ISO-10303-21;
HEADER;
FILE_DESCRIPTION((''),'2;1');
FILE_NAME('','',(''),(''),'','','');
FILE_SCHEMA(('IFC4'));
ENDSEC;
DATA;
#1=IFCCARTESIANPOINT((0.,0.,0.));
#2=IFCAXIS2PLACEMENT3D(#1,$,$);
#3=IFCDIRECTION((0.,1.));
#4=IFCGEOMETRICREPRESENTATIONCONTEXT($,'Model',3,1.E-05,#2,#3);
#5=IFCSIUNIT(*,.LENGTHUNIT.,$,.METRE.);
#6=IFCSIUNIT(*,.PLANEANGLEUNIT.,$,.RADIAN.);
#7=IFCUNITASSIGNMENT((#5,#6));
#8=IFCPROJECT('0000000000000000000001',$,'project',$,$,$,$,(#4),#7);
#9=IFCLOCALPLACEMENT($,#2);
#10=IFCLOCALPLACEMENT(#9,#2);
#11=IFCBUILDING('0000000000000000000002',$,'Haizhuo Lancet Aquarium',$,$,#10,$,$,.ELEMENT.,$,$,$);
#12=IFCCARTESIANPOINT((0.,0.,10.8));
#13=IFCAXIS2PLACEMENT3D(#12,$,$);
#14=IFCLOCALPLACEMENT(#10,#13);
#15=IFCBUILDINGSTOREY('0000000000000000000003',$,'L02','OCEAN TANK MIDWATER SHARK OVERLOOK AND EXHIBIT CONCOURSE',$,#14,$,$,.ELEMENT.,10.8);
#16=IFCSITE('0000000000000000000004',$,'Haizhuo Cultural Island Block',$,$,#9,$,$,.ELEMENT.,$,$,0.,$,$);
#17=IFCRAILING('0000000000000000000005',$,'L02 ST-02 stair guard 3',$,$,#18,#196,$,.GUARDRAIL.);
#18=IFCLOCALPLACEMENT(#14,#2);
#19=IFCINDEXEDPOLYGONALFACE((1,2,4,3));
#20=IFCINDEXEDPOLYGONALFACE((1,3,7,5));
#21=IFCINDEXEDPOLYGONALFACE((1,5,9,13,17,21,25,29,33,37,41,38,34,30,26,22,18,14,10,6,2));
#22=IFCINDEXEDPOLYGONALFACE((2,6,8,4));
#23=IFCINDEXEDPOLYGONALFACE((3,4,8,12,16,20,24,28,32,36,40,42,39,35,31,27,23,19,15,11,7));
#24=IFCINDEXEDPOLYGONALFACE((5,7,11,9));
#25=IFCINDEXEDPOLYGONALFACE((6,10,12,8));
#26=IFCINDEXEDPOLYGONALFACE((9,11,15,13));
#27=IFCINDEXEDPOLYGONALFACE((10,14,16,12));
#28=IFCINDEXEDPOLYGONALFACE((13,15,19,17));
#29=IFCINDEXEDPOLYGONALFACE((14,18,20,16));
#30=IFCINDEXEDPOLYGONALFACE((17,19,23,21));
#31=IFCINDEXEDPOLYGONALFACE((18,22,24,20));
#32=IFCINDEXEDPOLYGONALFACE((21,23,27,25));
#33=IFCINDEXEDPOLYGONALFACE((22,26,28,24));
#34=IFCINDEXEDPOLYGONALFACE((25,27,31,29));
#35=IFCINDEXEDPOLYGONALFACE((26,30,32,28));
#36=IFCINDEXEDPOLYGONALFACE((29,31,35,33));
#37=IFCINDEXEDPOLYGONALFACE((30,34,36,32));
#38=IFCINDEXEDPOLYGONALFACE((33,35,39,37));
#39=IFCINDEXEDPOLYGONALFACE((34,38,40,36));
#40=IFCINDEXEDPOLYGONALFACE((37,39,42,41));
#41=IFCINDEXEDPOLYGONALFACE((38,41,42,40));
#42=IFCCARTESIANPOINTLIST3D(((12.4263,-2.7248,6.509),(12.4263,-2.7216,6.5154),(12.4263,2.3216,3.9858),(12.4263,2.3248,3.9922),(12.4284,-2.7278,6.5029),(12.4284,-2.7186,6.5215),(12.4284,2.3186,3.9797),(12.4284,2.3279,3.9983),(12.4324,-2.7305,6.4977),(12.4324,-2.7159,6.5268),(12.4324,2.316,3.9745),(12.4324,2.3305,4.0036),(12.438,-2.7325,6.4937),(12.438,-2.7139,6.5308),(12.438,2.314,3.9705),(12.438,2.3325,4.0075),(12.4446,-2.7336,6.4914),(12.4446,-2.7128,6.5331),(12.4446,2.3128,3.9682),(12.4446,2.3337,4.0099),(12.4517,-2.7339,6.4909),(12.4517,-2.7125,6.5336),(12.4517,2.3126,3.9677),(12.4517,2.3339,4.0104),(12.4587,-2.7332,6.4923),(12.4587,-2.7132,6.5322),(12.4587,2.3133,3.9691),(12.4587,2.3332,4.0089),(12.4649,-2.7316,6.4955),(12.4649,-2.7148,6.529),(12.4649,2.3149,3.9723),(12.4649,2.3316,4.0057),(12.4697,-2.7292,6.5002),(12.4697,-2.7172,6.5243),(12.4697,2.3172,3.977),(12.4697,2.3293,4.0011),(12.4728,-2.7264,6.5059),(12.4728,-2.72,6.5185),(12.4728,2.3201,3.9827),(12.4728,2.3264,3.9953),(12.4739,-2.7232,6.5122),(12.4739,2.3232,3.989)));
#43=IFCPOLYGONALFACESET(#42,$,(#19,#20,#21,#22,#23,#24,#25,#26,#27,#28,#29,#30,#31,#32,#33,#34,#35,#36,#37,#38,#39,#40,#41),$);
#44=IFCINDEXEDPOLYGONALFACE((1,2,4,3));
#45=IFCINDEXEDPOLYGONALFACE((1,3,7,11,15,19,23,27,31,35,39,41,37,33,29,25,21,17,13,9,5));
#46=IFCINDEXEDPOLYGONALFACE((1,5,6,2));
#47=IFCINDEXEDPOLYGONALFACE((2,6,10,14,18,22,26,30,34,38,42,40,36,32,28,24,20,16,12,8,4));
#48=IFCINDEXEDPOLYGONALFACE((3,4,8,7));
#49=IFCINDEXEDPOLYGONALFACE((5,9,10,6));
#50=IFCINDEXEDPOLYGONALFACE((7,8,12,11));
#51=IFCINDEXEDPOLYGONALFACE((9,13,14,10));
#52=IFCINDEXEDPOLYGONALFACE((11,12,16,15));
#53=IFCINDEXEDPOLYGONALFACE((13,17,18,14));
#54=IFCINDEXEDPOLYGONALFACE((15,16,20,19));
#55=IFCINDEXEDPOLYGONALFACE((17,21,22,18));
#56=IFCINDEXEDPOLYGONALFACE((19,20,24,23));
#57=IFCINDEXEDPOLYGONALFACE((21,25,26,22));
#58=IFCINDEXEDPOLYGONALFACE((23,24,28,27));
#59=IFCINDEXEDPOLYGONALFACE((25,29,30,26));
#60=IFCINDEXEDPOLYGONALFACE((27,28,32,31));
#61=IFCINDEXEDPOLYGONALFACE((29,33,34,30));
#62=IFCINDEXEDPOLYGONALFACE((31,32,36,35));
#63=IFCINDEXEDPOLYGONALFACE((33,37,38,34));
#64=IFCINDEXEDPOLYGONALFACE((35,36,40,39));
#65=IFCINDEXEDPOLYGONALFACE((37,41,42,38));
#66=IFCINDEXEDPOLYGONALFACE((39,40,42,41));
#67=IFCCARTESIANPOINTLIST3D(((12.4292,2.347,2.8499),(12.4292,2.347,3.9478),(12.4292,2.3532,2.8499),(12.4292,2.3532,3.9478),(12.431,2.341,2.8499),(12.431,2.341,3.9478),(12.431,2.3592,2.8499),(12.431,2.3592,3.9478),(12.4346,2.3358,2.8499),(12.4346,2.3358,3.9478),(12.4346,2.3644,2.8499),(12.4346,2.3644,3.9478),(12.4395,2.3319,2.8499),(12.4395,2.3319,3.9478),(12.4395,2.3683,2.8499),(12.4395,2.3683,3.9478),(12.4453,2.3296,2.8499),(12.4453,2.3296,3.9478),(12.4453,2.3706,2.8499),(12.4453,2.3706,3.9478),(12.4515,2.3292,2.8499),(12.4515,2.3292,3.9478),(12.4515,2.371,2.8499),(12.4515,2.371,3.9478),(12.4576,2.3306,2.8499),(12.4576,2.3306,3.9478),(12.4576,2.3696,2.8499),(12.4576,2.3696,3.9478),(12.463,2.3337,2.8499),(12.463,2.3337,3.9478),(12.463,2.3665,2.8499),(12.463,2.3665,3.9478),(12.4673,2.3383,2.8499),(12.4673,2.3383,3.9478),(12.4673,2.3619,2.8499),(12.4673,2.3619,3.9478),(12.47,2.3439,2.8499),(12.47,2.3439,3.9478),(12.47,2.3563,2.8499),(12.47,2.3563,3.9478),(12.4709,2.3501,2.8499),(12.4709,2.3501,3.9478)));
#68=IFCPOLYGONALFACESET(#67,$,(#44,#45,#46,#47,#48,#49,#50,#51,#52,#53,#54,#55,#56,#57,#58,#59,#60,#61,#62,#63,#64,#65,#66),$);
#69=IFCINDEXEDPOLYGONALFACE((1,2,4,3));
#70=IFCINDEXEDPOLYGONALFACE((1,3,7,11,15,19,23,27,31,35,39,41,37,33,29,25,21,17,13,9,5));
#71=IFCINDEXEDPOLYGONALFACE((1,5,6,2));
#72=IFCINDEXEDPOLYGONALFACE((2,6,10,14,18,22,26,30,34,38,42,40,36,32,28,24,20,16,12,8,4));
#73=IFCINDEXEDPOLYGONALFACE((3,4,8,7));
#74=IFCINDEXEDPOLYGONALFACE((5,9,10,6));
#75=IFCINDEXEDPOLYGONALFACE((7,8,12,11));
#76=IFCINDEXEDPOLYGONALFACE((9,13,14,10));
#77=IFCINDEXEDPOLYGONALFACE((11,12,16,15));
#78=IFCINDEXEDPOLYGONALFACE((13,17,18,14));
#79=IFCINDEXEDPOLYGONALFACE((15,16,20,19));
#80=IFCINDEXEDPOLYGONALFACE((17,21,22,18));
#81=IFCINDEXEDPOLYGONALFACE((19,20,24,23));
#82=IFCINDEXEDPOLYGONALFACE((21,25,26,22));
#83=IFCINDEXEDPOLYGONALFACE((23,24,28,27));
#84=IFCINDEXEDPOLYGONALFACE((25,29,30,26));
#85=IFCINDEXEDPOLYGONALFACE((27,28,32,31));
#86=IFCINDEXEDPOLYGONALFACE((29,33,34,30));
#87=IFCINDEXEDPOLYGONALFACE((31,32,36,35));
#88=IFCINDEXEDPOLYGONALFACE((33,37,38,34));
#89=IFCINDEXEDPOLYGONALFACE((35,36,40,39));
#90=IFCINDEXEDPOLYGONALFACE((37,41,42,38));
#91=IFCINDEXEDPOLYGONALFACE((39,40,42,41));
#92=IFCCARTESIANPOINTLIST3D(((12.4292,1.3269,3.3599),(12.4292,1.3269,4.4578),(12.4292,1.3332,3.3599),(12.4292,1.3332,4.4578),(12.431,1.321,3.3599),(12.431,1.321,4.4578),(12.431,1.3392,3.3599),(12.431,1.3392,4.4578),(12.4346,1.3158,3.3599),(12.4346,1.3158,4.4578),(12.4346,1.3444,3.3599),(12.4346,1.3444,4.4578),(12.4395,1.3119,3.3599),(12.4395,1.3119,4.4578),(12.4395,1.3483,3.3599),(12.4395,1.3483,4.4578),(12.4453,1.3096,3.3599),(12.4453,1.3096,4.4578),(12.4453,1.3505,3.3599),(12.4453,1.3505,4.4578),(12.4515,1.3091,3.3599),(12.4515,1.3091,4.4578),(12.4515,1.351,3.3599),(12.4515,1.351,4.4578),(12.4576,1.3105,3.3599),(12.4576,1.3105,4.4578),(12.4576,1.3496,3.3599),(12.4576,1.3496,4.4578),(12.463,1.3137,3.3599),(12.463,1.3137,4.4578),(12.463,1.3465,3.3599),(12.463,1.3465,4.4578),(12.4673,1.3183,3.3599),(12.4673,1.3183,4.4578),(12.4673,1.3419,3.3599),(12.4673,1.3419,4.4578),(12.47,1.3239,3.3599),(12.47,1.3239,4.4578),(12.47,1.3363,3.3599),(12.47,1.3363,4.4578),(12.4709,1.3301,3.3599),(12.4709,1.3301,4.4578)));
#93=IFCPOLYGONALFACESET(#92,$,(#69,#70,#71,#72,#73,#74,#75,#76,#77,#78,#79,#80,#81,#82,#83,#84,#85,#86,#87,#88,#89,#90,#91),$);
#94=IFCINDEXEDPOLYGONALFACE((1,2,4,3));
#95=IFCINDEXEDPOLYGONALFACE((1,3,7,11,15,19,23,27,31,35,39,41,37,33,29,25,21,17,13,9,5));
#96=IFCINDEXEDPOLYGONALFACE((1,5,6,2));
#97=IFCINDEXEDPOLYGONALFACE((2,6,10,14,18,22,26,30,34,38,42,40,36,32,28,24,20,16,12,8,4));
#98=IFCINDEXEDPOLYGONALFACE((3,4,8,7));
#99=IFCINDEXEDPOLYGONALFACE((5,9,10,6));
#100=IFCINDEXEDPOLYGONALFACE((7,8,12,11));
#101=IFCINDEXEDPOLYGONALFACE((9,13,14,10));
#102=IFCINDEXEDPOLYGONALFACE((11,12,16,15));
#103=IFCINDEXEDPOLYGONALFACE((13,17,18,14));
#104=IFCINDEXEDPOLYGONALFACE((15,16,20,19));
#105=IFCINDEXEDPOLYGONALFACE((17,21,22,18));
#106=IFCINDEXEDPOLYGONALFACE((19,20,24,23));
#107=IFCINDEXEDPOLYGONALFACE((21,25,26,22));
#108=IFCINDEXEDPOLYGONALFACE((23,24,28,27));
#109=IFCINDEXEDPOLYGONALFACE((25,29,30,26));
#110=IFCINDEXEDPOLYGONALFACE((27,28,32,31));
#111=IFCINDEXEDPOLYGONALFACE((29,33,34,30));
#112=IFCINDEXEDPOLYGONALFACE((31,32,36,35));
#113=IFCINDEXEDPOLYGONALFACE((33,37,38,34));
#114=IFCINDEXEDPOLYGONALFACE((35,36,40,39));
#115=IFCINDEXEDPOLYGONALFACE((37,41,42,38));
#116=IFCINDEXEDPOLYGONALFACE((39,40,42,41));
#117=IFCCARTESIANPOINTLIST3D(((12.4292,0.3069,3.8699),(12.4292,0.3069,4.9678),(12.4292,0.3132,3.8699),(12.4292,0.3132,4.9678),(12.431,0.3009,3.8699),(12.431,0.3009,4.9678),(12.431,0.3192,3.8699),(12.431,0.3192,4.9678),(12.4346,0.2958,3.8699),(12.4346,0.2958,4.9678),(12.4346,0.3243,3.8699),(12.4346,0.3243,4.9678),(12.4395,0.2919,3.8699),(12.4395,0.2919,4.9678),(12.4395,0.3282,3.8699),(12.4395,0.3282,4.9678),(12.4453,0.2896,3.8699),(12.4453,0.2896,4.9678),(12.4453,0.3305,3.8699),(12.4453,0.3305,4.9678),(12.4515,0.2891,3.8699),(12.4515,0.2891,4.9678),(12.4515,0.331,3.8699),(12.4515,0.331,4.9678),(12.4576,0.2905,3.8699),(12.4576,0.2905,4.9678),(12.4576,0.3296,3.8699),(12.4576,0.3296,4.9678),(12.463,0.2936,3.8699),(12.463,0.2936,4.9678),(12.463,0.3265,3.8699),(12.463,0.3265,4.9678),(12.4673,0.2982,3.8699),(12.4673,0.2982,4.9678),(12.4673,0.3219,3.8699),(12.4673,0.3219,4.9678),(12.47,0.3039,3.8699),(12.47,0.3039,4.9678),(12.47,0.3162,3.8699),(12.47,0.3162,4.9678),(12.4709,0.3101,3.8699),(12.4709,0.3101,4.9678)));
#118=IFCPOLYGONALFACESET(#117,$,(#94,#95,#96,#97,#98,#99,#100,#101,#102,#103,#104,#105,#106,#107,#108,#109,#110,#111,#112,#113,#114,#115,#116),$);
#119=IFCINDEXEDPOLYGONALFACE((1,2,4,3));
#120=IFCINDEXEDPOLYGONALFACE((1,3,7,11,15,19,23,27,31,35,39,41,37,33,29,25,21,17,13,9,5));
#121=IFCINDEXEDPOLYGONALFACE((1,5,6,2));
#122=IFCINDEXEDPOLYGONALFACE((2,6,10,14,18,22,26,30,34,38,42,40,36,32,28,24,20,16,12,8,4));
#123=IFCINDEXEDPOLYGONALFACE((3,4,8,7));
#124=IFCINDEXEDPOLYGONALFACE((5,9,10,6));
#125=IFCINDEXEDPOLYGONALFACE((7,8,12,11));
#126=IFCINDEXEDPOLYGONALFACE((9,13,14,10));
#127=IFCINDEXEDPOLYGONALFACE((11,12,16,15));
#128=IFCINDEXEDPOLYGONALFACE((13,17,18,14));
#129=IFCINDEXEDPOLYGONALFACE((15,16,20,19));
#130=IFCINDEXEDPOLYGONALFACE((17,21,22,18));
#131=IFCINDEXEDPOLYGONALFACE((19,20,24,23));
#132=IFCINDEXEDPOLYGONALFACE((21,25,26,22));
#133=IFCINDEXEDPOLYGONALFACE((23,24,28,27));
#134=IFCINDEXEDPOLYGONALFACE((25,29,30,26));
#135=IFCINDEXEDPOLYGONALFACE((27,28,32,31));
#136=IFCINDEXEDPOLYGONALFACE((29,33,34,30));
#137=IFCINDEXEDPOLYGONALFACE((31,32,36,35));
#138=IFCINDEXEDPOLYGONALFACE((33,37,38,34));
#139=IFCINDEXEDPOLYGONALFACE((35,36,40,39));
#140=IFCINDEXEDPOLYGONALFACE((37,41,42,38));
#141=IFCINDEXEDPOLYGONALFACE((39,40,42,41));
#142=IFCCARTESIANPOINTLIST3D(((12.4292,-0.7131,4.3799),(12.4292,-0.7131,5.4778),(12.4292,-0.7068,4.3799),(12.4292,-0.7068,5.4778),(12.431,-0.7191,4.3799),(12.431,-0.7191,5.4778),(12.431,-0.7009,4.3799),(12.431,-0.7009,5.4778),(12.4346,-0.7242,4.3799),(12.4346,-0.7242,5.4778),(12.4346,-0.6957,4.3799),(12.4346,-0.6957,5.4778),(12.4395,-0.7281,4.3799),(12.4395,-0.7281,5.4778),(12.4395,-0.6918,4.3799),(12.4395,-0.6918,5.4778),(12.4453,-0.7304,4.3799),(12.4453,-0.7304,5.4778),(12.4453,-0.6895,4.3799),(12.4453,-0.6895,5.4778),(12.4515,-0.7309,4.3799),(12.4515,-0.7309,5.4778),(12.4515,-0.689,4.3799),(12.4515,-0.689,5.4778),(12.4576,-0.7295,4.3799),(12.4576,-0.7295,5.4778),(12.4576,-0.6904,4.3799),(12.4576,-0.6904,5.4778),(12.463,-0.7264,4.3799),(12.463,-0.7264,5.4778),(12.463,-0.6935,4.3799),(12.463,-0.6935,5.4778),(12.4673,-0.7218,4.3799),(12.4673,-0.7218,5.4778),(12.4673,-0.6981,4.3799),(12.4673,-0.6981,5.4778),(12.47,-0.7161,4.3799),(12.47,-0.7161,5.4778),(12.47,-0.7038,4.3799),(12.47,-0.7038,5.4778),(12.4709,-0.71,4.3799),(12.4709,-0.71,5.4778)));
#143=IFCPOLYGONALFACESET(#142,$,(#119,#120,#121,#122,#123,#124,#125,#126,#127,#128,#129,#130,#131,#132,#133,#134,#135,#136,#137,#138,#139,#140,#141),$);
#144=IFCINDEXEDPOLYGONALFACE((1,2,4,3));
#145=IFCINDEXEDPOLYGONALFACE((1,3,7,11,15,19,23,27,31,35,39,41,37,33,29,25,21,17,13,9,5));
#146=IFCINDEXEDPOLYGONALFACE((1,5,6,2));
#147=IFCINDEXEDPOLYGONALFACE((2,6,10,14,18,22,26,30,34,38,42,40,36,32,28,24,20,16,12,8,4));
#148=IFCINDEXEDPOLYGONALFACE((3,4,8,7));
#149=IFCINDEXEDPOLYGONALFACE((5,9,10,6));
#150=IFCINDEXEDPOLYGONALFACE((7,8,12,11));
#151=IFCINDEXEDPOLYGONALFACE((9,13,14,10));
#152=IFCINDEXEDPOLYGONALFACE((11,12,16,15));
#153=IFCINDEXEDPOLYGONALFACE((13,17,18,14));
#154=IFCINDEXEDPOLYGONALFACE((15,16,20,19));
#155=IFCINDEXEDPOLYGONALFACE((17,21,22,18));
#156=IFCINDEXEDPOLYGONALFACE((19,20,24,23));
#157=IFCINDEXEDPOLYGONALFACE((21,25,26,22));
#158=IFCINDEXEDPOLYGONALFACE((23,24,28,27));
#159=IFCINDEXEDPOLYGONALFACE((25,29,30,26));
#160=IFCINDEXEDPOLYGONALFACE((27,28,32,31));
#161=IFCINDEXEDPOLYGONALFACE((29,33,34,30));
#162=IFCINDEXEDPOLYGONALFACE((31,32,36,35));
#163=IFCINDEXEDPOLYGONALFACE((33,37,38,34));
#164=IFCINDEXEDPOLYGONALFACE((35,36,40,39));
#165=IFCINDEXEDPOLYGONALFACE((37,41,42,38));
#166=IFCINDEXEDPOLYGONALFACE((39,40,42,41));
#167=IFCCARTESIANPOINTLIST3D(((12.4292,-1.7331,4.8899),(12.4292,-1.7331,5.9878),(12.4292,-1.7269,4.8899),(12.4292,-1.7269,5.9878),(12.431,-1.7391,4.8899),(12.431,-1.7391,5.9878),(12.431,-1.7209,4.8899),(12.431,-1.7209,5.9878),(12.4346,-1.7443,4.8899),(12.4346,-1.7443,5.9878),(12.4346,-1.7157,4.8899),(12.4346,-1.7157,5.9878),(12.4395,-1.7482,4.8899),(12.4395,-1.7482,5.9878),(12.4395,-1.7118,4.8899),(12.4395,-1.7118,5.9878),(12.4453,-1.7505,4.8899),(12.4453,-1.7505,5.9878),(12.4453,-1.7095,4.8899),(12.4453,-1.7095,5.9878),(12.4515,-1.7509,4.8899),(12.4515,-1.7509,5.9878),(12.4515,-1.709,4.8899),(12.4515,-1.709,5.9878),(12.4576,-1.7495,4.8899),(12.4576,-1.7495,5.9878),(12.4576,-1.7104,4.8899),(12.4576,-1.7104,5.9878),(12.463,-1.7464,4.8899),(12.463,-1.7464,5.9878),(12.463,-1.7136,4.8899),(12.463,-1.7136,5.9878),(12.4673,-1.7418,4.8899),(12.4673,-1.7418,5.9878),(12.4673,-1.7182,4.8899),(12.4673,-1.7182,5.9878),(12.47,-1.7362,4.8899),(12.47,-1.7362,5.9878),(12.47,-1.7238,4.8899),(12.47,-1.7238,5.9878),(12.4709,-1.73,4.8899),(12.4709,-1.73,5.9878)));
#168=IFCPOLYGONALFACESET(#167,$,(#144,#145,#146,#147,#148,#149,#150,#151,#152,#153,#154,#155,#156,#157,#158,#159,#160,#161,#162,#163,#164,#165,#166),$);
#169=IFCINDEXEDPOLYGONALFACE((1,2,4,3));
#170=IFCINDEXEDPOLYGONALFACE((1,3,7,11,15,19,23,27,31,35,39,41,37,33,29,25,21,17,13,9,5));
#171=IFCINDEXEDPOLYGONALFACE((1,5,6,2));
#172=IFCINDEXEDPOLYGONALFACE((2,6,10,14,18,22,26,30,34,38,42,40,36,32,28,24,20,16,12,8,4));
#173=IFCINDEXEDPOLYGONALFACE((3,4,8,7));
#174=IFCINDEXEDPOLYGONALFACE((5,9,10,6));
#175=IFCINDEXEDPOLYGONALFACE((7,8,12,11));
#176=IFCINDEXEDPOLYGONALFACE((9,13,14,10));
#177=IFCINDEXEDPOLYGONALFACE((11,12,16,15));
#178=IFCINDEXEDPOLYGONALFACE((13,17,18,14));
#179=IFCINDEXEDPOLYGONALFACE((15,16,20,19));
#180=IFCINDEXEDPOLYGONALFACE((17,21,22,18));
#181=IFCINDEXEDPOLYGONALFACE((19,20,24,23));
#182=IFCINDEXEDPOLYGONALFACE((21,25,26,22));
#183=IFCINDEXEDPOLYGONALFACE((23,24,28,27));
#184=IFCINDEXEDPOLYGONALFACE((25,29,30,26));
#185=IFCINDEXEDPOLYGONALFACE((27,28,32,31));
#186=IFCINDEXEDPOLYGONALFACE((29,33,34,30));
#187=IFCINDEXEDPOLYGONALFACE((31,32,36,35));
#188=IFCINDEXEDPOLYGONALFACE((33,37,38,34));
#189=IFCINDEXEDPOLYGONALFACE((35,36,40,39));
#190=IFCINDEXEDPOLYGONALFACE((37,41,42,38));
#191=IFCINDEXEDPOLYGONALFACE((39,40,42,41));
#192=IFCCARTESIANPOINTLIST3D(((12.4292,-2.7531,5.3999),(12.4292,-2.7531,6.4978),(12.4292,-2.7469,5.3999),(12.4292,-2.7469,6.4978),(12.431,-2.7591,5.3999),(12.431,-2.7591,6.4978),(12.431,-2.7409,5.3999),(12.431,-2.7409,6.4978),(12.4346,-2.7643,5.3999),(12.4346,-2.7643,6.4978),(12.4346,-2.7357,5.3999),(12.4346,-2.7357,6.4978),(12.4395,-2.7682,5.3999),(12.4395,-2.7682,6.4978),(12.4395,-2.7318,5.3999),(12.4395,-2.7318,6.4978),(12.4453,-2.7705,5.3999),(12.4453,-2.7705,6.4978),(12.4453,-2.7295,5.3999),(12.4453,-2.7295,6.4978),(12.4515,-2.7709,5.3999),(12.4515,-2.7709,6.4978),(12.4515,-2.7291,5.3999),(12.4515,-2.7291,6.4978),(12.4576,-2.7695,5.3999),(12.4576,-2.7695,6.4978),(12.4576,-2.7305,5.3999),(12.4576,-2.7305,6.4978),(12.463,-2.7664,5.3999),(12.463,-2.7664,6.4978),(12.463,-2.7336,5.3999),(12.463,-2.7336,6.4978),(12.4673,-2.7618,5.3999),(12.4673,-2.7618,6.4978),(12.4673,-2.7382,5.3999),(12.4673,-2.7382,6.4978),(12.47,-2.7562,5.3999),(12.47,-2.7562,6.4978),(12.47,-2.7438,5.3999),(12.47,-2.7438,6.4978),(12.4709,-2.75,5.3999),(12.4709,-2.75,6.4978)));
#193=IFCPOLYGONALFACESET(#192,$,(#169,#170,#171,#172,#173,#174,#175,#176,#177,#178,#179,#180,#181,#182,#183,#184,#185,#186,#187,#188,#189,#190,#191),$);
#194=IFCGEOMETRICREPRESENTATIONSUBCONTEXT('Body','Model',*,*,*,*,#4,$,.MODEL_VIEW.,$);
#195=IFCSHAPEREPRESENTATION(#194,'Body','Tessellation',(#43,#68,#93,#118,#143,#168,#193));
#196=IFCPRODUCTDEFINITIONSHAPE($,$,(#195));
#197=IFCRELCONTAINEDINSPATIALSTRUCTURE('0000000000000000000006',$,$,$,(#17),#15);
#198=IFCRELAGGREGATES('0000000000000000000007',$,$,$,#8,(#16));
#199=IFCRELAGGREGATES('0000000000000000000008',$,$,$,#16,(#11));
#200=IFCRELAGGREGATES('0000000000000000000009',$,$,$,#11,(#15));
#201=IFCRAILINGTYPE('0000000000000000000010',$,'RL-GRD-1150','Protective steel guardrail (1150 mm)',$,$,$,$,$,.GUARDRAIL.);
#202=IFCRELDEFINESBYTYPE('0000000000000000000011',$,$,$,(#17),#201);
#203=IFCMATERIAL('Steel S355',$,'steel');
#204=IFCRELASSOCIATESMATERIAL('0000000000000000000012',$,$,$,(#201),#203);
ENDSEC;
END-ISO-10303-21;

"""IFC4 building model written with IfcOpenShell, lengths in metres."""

from ifc_helpers import new_model, si_unit, direction, frame, origin, origin_2d, place, context, subcontext, project, spatial, circle, extrude, material, type_object, element, save


model = new_model("IFC4")

# Units and contexts
model_context = context("Model", 3, precision=1e-05, world=origin(), true_north=direction((0.0, 1.0)))
body_context = subcontext(model_context, "Body", "Model", "MODEL_VIEW")
ifc_project = project(units=[si_unit("LENGTHUNIT", "METRE"), si_unit("PLANEANGLEUNIT", "RADIAN")], contexts=[model_context])

# Site, building, storey
site_placement = place(None, origin())
site = spatial("IfcSite", under=ifc_project, at=site_placement, Name="Haizhuo Cultural Island Block", CompositionType="ELEMENT", RefElevation=0.0)
building_placement = place(site_placement, origin())
building = spatial("IfcBuilding", under=site, at=building_placement, Name="Haizhuo Lancet Aquarium", CompositionType="ELEMENT")
storey_placement = place(building_placement, frame((0.0, 0.0, 10.8)))
storey = spatial("IfcBuildingStorey", under=building, at=storey_placement, Name="L02", Description="OCEAN TANK MIDWATER SHARK OVERLOOK AND EXHIBIT CONCOURSE", CompositionType="ELEMENT", Elevation=10.8)

# Shared definitions
ifc_material_1 = material(Name="Steel S355", Category="steel")

# Railing
railing_type_1 = type_object("IfcRailingType", Name="RL-GRD-1150", Description="Protective steel guardrail (1150 mm)", PredefinedType="GUARDRAIL", material=ifc_material_1)
railing_1_placement = place(storey_placement, frame((12.45, 2.3501, 2.8499)))
element("IfcRailing", 1, at=railing_1_placement, inside=storey, type_object=railing_type_1, Name="L02 ST-02 stair guard 3", PredefinedType="GUARDRAIL", context=body_context, shape_type="SweptSolid", body=[
    extrude(circle(Radius=0.0239, at=origin_2d()), frame((0.0, -0.0269, 1.1392), z_axis=(0.0, -0.894427, 0.447214), x_axis=(1.0, 0.0, 0.0)), (0.0, 0.0, 1.0), 5.6421),
    extrude(circle(Radius=0.021, at=origin_2d()), origin(), (0.0, 0.0, 1.0), 1.0979),
    extrude(circle(Radius=0.021, at=origin_2d()), frame((0.0, -1.02, 0.51)), (0.0, 0.0, 1.0), 1.0979),
    extrude(circle(Radius=0.021, at=origin_2d()), frame((0.0, -2.04, 1.02)), (0.0, 0.0, 1.0), 1.0979),
    extrude(circle(Radius=0.021, at=origin_2d()), frame((0.0, -3.0601, 1.53)), (0.0, 0.0, 1.0), 1.0979),
    extrude(circle(Radius=0.021, at=origin_2d()), frame((0.0, -4.0801, 2.04)), (0.0, 0.0, 1.0), 1.0979),
    extrude(circle(Radius=0.021, at=origin_2d()), frame((0.0, -5.1001, 2.55)), (0.0, 0.0, 1.0), 1.0979),
])

save(model, "model.ifc")
